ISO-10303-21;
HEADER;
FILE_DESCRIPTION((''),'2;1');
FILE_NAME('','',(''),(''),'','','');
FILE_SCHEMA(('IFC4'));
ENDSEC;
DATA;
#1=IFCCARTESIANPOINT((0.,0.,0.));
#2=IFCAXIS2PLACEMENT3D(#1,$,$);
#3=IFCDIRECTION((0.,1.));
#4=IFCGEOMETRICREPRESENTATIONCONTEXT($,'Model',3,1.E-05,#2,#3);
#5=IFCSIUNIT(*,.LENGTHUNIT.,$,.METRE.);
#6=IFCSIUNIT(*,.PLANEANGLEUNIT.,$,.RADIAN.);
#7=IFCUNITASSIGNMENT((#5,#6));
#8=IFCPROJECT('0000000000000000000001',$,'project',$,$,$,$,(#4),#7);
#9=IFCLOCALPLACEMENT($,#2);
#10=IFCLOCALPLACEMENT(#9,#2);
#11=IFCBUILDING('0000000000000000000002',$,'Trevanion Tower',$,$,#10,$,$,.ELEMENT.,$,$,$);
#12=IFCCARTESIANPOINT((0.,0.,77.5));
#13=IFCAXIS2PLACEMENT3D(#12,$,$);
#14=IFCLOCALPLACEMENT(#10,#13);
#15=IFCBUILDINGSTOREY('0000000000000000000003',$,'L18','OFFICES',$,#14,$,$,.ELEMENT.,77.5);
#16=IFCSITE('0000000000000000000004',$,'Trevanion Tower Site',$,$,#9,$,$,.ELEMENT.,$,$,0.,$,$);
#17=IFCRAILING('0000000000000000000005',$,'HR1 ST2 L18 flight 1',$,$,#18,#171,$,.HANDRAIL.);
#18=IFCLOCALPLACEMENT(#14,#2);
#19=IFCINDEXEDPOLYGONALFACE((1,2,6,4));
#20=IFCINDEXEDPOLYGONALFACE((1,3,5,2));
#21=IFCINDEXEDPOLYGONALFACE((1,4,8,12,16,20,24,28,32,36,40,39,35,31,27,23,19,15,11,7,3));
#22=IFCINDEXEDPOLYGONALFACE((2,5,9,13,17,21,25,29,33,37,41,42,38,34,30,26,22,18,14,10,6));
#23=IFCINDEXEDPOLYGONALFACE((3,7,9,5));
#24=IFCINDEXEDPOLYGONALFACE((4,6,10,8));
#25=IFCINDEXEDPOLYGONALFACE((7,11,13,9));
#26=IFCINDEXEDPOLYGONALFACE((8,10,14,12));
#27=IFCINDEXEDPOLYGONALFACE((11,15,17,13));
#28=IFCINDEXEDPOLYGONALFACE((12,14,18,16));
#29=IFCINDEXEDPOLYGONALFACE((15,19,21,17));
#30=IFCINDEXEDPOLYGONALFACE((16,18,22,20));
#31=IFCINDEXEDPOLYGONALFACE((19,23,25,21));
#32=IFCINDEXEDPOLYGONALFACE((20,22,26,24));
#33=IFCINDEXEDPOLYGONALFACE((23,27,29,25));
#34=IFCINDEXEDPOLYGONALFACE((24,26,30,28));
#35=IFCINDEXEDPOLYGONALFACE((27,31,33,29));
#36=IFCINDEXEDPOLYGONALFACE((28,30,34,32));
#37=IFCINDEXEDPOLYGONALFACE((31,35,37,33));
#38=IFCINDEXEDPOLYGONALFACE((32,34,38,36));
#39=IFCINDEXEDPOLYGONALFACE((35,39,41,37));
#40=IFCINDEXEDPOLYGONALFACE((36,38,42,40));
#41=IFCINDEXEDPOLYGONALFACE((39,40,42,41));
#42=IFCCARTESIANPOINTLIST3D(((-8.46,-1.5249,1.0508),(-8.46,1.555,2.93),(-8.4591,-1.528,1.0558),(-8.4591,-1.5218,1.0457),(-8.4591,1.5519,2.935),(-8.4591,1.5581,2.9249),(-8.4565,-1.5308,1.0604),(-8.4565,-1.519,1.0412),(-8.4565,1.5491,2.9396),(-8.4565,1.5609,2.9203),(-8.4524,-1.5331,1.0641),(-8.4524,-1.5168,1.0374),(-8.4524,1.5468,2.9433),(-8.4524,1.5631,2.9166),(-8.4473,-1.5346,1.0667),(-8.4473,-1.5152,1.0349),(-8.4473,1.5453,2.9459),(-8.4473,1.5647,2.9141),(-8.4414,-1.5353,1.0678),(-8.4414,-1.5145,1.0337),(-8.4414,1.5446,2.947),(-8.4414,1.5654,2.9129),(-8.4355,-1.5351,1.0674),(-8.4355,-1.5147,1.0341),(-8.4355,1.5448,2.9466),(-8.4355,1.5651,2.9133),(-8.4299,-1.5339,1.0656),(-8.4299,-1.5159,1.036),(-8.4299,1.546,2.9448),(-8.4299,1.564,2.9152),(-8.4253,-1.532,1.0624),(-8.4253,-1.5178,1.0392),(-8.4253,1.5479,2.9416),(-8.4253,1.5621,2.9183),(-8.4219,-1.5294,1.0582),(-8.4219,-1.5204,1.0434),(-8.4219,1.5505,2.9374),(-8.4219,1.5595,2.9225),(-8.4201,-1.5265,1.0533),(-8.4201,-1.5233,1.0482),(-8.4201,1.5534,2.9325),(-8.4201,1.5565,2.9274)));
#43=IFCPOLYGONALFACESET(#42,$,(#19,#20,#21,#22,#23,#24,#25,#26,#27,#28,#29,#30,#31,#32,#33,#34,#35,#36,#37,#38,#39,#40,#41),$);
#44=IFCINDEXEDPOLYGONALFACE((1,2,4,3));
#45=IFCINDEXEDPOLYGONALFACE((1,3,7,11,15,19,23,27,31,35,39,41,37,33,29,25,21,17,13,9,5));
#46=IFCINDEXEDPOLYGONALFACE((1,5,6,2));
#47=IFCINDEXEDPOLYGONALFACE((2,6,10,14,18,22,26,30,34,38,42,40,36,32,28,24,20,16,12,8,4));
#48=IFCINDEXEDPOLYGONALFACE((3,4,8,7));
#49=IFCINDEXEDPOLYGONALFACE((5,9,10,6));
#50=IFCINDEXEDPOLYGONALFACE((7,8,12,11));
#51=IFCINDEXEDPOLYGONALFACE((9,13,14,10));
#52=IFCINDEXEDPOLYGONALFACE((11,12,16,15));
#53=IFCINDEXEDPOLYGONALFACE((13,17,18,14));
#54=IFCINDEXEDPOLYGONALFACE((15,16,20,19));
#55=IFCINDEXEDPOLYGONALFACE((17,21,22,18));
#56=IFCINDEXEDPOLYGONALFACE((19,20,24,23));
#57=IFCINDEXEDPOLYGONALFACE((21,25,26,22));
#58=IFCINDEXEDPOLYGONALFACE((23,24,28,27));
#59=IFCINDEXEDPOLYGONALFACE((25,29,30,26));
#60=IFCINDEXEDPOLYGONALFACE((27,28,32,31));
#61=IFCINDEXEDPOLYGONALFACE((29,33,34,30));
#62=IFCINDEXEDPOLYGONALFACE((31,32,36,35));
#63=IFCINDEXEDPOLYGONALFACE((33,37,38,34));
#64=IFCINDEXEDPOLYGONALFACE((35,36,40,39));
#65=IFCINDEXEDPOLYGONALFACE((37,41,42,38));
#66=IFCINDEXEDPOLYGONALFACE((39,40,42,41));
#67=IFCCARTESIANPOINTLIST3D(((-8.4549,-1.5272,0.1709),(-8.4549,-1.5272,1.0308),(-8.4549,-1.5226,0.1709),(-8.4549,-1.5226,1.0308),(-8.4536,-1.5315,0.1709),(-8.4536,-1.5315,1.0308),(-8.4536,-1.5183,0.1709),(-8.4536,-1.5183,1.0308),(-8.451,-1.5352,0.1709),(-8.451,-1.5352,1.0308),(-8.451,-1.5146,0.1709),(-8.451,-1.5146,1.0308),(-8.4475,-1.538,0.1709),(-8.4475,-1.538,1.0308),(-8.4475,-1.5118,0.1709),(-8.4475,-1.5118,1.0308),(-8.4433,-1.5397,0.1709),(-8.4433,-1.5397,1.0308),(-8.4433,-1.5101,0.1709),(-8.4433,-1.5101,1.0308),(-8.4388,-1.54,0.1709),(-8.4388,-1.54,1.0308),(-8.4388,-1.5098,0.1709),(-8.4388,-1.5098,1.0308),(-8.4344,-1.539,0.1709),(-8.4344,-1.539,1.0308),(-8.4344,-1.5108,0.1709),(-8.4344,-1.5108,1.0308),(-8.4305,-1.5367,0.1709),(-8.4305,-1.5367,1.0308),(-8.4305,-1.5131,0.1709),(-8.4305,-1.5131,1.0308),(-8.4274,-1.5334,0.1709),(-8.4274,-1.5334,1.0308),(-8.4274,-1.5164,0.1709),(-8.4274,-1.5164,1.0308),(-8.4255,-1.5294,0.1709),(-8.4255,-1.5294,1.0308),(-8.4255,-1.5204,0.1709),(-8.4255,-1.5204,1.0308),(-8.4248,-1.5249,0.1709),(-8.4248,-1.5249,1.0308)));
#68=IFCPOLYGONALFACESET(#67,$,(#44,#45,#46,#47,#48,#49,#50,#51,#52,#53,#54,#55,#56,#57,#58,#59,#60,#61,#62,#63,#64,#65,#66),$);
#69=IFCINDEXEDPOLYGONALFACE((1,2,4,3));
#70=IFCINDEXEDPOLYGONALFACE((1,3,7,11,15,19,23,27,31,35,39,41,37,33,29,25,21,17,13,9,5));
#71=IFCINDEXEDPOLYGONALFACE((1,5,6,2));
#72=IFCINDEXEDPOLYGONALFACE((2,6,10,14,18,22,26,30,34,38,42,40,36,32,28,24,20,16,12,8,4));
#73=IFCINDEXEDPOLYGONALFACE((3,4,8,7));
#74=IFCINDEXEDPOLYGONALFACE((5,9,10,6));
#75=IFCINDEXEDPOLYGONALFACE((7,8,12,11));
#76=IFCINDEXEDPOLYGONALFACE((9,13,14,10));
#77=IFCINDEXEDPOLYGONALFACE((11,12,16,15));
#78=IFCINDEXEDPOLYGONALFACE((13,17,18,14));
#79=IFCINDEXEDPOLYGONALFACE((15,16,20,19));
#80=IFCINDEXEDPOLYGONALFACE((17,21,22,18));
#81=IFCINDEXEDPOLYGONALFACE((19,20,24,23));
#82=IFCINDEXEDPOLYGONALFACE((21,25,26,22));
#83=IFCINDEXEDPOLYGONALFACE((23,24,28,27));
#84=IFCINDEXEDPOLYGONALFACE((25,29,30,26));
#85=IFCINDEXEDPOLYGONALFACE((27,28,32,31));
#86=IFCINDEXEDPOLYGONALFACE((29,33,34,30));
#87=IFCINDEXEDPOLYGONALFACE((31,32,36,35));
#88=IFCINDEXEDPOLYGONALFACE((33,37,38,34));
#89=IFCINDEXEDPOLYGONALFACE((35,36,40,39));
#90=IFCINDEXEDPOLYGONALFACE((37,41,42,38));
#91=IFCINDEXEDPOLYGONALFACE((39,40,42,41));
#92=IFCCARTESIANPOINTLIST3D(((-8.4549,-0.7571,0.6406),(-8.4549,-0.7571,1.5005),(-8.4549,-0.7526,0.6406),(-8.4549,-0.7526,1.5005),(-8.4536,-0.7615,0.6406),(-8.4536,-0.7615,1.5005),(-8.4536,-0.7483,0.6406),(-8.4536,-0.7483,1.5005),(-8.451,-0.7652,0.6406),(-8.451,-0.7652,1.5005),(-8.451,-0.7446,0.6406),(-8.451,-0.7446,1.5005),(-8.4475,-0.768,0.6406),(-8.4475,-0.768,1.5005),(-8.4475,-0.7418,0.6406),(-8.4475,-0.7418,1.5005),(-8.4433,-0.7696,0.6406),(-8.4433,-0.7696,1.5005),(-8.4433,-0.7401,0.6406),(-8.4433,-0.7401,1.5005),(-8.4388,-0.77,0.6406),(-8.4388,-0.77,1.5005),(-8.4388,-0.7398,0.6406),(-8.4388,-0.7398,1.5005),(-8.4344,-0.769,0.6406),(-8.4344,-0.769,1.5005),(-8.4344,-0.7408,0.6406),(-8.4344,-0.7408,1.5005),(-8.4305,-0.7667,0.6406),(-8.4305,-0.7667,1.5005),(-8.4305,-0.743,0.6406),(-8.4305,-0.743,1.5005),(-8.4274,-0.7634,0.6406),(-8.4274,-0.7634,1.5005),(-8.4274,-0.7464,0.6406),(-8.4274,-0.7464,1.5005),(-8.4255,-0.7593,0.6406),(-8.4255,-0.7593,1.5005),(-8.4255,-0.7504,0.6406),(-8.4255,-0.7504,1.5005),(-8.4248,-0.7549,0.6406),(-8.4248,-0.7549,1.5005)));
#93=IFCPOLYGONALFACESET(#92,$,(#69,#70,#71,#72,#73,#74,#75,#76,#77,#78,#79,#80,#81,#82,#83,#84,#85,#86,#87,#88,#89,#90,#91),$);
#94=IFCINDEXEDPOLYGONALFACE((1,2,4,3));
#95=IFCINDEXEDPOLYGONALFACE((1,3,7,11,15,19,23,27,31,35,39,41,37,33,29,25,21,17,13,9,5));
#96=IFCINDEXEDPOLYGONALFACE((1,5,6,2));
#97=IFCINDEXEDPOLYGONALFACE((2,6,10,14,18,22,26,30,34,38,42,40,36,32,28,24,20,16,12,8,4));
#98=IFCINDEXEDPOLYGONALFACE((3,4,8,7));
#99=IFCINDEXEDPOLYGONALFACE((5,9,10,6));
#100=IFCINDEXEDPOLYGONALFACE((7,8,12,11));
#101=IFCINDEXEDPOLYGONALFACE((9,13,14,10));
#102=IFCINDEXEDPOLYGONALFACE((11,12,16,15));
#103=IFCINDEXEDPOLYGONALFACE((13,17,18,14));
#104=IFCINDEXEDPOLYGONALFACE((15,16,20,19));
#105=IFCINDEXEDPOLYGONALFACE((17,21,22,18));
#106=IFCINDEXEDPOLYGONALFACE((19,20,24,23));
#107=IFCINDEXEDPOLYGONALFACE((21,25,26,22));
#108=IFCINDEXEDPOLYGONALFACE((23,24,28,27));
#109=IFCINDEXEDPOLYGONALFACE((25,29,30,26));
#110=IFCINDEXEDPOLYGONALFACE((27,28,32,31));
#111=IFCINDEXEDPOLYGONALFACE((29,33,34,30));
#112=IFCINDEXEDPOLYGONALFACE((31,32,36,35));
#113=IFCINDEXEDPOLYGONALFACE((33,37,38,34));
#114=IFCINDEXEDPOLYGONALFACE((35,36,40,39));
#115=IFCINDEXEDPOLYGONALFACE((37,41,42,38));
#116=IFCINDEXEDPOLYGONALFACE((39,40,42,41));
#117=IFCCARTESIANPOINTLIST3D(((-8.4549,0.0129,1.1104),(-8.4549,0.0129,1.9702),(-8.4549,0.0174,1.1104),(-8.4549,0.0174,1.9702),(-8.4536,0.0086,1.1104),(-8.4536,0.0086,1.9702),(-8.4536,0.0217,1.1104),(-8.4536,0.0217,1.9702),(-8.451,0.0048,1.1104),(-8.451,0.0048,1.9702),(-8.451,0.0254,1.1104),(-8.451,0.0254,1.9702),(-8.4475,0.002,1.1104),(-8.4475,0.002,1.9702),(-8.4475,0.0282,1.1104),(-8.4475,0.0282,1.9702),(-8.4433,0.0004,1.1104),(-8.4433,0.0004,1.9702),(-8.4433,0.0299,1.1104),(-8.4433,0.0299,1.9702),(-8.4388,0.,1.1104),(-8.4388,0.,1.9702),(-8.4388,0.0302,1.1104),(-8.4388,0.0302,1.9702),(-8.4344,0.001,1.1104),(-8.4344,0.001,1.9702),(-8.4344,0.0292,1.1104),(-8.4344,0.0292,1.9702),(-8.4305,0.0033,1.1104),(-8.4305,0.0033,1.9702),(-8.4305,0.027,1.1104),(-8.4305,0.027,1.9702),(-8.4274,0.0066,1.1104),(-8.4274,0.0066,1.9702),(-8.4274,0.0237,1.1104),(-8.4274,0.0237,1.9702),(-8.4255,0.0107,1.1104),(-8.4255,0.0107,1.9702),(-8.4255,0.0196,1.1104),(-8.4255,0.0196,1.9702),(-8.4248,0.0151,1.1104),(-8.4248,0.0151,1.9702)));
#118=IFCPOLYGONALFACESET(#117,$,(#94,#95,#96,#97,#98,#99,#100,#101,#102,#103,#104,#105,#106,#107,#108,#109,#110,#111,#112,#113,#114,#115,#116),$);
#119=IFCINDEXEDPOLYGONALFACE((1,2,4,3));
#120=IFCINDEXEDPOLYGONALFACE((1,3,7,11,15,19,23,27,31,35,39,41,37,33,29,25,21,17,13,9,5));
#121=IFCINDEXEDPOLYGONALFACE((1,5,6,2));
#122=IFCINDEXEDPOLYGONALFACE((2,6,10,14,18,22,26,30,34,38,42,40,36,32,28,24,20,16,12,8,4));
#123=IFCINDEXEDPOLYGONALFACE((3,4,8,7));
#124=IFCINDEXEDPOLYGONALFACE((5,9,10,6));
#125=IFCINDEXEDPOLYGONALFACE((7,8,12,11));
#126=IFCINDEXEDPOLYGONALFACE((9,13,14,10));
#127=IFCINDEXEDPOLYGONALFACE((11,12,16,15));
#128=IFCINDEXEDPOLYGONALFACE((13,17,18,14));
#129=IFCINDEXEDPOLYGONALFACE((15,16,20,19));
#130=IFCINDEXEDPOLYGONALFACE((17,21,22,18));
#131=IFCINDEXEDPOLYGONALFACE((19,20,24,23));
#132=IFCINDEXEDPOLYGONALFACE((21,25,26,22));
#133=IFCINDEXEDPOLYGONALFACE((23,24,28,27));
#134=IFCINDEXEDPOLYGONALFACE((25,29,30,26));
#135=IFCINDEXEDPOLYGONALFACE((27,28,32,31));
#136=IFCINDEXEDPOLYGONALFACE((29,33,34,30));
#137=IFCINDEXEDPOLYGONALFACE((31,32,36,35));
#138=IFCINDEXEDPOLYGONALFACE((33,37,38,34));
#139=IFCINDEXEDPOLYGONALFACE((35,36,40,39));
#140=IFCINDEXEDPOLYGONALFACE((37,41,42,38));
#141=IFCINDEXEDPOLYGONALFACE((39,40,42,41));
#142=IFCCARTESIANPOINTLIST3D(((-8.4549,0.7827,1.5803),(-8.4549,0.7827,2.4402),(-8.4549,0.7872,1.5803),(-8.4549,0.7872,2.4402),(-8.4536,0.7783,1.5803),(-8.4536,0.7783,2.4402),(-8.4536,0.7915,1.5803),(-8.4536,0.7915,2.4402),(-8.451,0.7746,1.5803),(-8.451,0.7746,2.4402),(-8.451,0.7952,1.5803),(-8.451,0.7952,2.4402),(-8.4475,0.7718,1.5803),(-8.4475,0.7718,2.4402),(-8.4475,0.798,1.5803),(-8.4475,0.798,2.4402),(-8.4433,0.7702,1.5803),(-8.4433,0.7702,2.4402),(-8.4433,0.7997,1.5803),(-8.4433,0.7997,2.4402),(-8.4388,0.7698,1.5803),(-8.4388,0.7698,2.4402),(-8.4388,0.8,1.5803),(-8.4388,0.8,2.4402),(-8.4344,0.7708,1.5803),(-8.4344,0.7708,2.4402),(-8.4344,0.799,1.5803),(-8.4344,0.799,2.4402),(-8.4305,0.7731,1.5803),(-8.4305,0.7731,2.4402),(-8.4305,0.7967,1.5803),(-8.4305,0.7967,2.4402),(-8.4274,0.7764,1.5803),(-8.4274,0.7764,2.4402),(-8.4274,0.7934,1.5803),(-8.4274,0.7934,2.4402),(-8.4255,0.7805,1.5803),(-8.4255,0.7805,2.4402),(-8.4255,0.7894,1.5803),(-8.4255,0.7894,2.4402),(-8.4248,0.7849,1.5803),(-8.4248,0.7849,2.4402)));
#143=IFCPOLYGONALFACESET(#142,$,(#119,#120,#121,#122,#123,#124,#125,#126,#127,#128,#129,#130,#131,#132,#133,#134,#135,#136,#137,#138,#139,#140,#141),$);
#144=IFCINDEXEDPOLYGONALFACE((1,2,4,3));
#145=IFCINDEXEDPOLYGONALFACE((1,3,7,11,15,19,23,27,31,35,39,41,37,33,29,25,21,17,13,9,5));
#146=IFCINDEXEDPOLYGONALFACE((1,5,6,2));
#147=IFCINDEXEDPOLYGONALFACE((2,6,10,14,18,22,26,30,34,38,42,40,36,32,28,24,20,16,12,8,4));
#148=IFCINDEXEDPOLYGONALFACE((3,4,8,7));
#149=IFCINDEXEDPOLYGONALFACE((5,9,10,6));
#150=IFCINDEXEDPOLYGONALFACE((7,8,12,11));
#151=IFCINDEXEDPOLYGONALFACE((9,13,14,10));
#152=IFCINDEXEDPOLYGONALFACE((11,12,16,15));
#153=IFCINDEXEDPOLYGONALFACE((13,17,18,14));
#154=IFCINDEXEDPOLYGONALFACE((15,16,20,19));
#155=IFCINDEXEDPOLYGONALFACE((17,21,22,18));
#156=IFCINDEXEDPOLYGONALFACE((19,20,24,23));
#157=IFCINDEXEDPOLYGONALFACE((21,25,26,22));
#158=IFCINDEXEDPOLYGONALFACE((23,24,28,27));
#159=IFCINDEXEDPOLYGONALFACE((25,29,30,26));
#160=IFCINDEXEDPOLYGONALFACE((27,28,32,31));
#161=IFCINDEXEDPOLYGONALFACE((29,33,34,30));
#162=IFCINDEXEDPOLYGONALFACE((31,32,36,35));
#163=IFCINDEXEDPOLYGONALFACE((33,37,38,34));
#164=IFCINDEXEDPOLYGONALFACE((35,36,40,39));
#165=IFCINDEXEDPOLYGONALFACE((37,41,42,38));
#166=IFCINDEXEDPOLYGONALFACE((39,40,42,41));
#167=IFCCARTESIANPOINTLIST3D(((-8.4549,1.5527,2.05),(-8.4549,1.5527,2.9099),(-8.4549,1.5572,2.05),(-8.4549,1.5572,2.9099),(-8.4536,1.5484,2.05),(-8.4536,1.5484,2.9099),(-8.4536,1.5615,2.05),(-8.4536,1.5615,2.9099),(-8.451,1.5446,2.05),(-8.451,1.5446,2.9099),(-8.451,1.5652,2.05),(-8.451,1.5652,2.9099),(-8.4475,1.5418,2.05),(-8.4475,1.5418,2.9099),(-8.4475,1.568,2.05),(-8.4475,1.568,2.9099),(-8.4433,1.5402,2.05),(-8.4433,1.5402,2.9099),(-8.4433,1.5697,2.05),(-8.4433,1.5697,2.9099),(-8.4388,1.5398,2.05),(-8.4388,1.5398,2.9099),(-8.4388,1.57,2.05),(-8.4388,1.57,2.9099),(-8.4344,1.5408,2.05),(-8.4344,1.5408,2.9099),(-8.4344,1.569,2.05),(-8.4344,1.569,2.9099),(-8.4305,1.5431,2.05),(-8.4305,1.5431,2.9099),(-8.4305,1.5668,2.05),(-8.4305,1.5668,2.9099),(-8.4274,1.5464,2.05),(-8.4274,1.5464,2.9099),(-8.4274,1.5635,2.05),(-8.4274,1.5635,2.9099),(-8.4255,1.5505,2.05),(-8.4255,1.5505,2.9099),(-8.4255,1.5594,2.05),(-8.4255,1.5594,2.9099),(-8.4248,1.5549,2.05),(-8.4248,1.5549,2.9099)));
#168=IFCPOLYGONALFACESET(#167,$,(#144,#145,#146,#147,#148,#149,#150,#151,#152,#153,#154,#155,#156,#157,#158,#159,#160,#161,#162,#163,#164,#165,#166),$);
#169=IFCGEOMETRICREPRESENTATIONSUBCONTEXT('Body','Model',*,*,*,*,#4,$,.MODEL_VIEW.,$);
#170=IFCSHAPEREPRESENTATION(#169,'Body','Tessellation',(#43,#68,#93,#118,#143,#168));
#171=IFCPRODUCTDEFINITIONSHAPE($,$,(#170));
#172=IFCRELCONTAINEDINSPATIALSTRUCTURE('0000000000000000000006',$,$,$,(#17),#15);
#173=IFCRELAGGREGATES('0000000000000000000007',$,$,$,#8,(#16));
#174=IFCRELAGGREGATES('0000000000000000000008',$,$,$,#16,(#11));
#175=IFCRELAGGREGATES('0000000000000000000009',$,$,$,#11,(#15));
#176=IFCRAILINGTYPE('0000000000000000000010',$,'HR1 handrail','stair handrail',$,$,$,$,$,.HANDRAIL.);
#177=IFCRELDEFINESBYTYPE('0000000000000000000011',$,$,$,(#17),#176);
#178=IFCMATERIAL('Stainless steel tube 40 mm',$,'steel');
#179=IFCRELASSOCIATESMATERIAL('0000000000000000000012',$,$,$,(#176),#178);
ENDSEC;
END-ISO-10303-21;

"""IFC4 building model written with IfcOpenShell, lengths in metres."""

from ifc_helpers import new_model, si_unit, direction, frame, origin, origin_2d, place, context, subcontext, project, spatial, circle, extrude, material, type_object, element, save


model = new_model("IFC4")

# Units and contexts
model_context = context("Model", 3, precision=1e-05, world=origin(), true_north=direction((0.0, 1.0)))
body_context = subcontext(model_context, "Body", "Model", "MODEL_VIEW")
ifc_project = project(units=[si_unit("LENGTHUNIT", "METRE"), si_unit("PLANEANGLEUNIT", "RADIAN")], contexts=[model_context])

# Site, building, storey
site_placement = place(None, origin())
site = spatial("IfcSite", under=ifc_project, at=site_placement, Name="Trevanion Tower Site", CompositionType="ELEMENT", RefElevation=0.0)
building_placement = place(site_placement, origin())
building = spatial("IfcBuilding", under=site, at=building_placement, Name="Trevanion Tower", CompositionType="ELEMENT")
storey_placement = place(building_placement, frame((0.0, 0.0, 77.5)))
storey = spatial("IfcBuildingStorey", under=building, at=storey_placement, Name="L18", Description="OFFICES", CompositionType="ELEMENT", Elevation=77.5)

# Railing
ifc_material_1 = material(Name="Stainless steel tube 40 mm", Category="steel")
railing_type = type_object("IfcRailingType", Name="HR1 handrail", Description="stair handrail", PredefinedType="HANDRAIL", material=ifc_material_1)
for number, where, name in (
    (1, (-8.4399, -1.5249, 0.1709), "HR1 ST2 L18 flight 1"),
):
    element("IfcRailing", number, at=place(storey_placement, frame(where)), inside=storey, type_object=railing_type, Name=name, PredefinedType="HANDRAIL", context=body_context, shape_type="SweptSolid", body=[
        extrude(circle(Radius=0.02, at=origin_2d()), frame((0.0, 0.0, 0.8799), z_axis=(0.0, 0.853648, 0.52085), x_axis=(-1.0, 0.0, 0.0)), (0.0, 0.0, 1.0), 3.6079),
        extrude(circle(Radius=0.0151, at=origin_2d()), origin(), (0.0, 0.0, 1.0), 0.8599),
        extrude(circle(Radius=0.0151, at=origin_2d()), frame((0.0, 0.77, 0.4697)), (0.0, 0.0, 1.0), 0.8599),
        extrude(circle(Radius=0.0151, at=origin_2d()), frame((0.0, 1.54, 0.9395)), (0.0, 0.0, 1.0), 0.8599),
        extrude(circle(Radius=0.0151, at=origin_2d()), frame((0.0, 2.3098, 1.4094)), (0.0, 0.0, 1.0), 0.8599),
        extrude(circle(Radius=0.0151, at=origin_2d()), frame((0.0, 3.0798, 1.8792)), (0.0, 0.0, 1.0), 0.8599),
    ])

save(model, "model.ifc")
